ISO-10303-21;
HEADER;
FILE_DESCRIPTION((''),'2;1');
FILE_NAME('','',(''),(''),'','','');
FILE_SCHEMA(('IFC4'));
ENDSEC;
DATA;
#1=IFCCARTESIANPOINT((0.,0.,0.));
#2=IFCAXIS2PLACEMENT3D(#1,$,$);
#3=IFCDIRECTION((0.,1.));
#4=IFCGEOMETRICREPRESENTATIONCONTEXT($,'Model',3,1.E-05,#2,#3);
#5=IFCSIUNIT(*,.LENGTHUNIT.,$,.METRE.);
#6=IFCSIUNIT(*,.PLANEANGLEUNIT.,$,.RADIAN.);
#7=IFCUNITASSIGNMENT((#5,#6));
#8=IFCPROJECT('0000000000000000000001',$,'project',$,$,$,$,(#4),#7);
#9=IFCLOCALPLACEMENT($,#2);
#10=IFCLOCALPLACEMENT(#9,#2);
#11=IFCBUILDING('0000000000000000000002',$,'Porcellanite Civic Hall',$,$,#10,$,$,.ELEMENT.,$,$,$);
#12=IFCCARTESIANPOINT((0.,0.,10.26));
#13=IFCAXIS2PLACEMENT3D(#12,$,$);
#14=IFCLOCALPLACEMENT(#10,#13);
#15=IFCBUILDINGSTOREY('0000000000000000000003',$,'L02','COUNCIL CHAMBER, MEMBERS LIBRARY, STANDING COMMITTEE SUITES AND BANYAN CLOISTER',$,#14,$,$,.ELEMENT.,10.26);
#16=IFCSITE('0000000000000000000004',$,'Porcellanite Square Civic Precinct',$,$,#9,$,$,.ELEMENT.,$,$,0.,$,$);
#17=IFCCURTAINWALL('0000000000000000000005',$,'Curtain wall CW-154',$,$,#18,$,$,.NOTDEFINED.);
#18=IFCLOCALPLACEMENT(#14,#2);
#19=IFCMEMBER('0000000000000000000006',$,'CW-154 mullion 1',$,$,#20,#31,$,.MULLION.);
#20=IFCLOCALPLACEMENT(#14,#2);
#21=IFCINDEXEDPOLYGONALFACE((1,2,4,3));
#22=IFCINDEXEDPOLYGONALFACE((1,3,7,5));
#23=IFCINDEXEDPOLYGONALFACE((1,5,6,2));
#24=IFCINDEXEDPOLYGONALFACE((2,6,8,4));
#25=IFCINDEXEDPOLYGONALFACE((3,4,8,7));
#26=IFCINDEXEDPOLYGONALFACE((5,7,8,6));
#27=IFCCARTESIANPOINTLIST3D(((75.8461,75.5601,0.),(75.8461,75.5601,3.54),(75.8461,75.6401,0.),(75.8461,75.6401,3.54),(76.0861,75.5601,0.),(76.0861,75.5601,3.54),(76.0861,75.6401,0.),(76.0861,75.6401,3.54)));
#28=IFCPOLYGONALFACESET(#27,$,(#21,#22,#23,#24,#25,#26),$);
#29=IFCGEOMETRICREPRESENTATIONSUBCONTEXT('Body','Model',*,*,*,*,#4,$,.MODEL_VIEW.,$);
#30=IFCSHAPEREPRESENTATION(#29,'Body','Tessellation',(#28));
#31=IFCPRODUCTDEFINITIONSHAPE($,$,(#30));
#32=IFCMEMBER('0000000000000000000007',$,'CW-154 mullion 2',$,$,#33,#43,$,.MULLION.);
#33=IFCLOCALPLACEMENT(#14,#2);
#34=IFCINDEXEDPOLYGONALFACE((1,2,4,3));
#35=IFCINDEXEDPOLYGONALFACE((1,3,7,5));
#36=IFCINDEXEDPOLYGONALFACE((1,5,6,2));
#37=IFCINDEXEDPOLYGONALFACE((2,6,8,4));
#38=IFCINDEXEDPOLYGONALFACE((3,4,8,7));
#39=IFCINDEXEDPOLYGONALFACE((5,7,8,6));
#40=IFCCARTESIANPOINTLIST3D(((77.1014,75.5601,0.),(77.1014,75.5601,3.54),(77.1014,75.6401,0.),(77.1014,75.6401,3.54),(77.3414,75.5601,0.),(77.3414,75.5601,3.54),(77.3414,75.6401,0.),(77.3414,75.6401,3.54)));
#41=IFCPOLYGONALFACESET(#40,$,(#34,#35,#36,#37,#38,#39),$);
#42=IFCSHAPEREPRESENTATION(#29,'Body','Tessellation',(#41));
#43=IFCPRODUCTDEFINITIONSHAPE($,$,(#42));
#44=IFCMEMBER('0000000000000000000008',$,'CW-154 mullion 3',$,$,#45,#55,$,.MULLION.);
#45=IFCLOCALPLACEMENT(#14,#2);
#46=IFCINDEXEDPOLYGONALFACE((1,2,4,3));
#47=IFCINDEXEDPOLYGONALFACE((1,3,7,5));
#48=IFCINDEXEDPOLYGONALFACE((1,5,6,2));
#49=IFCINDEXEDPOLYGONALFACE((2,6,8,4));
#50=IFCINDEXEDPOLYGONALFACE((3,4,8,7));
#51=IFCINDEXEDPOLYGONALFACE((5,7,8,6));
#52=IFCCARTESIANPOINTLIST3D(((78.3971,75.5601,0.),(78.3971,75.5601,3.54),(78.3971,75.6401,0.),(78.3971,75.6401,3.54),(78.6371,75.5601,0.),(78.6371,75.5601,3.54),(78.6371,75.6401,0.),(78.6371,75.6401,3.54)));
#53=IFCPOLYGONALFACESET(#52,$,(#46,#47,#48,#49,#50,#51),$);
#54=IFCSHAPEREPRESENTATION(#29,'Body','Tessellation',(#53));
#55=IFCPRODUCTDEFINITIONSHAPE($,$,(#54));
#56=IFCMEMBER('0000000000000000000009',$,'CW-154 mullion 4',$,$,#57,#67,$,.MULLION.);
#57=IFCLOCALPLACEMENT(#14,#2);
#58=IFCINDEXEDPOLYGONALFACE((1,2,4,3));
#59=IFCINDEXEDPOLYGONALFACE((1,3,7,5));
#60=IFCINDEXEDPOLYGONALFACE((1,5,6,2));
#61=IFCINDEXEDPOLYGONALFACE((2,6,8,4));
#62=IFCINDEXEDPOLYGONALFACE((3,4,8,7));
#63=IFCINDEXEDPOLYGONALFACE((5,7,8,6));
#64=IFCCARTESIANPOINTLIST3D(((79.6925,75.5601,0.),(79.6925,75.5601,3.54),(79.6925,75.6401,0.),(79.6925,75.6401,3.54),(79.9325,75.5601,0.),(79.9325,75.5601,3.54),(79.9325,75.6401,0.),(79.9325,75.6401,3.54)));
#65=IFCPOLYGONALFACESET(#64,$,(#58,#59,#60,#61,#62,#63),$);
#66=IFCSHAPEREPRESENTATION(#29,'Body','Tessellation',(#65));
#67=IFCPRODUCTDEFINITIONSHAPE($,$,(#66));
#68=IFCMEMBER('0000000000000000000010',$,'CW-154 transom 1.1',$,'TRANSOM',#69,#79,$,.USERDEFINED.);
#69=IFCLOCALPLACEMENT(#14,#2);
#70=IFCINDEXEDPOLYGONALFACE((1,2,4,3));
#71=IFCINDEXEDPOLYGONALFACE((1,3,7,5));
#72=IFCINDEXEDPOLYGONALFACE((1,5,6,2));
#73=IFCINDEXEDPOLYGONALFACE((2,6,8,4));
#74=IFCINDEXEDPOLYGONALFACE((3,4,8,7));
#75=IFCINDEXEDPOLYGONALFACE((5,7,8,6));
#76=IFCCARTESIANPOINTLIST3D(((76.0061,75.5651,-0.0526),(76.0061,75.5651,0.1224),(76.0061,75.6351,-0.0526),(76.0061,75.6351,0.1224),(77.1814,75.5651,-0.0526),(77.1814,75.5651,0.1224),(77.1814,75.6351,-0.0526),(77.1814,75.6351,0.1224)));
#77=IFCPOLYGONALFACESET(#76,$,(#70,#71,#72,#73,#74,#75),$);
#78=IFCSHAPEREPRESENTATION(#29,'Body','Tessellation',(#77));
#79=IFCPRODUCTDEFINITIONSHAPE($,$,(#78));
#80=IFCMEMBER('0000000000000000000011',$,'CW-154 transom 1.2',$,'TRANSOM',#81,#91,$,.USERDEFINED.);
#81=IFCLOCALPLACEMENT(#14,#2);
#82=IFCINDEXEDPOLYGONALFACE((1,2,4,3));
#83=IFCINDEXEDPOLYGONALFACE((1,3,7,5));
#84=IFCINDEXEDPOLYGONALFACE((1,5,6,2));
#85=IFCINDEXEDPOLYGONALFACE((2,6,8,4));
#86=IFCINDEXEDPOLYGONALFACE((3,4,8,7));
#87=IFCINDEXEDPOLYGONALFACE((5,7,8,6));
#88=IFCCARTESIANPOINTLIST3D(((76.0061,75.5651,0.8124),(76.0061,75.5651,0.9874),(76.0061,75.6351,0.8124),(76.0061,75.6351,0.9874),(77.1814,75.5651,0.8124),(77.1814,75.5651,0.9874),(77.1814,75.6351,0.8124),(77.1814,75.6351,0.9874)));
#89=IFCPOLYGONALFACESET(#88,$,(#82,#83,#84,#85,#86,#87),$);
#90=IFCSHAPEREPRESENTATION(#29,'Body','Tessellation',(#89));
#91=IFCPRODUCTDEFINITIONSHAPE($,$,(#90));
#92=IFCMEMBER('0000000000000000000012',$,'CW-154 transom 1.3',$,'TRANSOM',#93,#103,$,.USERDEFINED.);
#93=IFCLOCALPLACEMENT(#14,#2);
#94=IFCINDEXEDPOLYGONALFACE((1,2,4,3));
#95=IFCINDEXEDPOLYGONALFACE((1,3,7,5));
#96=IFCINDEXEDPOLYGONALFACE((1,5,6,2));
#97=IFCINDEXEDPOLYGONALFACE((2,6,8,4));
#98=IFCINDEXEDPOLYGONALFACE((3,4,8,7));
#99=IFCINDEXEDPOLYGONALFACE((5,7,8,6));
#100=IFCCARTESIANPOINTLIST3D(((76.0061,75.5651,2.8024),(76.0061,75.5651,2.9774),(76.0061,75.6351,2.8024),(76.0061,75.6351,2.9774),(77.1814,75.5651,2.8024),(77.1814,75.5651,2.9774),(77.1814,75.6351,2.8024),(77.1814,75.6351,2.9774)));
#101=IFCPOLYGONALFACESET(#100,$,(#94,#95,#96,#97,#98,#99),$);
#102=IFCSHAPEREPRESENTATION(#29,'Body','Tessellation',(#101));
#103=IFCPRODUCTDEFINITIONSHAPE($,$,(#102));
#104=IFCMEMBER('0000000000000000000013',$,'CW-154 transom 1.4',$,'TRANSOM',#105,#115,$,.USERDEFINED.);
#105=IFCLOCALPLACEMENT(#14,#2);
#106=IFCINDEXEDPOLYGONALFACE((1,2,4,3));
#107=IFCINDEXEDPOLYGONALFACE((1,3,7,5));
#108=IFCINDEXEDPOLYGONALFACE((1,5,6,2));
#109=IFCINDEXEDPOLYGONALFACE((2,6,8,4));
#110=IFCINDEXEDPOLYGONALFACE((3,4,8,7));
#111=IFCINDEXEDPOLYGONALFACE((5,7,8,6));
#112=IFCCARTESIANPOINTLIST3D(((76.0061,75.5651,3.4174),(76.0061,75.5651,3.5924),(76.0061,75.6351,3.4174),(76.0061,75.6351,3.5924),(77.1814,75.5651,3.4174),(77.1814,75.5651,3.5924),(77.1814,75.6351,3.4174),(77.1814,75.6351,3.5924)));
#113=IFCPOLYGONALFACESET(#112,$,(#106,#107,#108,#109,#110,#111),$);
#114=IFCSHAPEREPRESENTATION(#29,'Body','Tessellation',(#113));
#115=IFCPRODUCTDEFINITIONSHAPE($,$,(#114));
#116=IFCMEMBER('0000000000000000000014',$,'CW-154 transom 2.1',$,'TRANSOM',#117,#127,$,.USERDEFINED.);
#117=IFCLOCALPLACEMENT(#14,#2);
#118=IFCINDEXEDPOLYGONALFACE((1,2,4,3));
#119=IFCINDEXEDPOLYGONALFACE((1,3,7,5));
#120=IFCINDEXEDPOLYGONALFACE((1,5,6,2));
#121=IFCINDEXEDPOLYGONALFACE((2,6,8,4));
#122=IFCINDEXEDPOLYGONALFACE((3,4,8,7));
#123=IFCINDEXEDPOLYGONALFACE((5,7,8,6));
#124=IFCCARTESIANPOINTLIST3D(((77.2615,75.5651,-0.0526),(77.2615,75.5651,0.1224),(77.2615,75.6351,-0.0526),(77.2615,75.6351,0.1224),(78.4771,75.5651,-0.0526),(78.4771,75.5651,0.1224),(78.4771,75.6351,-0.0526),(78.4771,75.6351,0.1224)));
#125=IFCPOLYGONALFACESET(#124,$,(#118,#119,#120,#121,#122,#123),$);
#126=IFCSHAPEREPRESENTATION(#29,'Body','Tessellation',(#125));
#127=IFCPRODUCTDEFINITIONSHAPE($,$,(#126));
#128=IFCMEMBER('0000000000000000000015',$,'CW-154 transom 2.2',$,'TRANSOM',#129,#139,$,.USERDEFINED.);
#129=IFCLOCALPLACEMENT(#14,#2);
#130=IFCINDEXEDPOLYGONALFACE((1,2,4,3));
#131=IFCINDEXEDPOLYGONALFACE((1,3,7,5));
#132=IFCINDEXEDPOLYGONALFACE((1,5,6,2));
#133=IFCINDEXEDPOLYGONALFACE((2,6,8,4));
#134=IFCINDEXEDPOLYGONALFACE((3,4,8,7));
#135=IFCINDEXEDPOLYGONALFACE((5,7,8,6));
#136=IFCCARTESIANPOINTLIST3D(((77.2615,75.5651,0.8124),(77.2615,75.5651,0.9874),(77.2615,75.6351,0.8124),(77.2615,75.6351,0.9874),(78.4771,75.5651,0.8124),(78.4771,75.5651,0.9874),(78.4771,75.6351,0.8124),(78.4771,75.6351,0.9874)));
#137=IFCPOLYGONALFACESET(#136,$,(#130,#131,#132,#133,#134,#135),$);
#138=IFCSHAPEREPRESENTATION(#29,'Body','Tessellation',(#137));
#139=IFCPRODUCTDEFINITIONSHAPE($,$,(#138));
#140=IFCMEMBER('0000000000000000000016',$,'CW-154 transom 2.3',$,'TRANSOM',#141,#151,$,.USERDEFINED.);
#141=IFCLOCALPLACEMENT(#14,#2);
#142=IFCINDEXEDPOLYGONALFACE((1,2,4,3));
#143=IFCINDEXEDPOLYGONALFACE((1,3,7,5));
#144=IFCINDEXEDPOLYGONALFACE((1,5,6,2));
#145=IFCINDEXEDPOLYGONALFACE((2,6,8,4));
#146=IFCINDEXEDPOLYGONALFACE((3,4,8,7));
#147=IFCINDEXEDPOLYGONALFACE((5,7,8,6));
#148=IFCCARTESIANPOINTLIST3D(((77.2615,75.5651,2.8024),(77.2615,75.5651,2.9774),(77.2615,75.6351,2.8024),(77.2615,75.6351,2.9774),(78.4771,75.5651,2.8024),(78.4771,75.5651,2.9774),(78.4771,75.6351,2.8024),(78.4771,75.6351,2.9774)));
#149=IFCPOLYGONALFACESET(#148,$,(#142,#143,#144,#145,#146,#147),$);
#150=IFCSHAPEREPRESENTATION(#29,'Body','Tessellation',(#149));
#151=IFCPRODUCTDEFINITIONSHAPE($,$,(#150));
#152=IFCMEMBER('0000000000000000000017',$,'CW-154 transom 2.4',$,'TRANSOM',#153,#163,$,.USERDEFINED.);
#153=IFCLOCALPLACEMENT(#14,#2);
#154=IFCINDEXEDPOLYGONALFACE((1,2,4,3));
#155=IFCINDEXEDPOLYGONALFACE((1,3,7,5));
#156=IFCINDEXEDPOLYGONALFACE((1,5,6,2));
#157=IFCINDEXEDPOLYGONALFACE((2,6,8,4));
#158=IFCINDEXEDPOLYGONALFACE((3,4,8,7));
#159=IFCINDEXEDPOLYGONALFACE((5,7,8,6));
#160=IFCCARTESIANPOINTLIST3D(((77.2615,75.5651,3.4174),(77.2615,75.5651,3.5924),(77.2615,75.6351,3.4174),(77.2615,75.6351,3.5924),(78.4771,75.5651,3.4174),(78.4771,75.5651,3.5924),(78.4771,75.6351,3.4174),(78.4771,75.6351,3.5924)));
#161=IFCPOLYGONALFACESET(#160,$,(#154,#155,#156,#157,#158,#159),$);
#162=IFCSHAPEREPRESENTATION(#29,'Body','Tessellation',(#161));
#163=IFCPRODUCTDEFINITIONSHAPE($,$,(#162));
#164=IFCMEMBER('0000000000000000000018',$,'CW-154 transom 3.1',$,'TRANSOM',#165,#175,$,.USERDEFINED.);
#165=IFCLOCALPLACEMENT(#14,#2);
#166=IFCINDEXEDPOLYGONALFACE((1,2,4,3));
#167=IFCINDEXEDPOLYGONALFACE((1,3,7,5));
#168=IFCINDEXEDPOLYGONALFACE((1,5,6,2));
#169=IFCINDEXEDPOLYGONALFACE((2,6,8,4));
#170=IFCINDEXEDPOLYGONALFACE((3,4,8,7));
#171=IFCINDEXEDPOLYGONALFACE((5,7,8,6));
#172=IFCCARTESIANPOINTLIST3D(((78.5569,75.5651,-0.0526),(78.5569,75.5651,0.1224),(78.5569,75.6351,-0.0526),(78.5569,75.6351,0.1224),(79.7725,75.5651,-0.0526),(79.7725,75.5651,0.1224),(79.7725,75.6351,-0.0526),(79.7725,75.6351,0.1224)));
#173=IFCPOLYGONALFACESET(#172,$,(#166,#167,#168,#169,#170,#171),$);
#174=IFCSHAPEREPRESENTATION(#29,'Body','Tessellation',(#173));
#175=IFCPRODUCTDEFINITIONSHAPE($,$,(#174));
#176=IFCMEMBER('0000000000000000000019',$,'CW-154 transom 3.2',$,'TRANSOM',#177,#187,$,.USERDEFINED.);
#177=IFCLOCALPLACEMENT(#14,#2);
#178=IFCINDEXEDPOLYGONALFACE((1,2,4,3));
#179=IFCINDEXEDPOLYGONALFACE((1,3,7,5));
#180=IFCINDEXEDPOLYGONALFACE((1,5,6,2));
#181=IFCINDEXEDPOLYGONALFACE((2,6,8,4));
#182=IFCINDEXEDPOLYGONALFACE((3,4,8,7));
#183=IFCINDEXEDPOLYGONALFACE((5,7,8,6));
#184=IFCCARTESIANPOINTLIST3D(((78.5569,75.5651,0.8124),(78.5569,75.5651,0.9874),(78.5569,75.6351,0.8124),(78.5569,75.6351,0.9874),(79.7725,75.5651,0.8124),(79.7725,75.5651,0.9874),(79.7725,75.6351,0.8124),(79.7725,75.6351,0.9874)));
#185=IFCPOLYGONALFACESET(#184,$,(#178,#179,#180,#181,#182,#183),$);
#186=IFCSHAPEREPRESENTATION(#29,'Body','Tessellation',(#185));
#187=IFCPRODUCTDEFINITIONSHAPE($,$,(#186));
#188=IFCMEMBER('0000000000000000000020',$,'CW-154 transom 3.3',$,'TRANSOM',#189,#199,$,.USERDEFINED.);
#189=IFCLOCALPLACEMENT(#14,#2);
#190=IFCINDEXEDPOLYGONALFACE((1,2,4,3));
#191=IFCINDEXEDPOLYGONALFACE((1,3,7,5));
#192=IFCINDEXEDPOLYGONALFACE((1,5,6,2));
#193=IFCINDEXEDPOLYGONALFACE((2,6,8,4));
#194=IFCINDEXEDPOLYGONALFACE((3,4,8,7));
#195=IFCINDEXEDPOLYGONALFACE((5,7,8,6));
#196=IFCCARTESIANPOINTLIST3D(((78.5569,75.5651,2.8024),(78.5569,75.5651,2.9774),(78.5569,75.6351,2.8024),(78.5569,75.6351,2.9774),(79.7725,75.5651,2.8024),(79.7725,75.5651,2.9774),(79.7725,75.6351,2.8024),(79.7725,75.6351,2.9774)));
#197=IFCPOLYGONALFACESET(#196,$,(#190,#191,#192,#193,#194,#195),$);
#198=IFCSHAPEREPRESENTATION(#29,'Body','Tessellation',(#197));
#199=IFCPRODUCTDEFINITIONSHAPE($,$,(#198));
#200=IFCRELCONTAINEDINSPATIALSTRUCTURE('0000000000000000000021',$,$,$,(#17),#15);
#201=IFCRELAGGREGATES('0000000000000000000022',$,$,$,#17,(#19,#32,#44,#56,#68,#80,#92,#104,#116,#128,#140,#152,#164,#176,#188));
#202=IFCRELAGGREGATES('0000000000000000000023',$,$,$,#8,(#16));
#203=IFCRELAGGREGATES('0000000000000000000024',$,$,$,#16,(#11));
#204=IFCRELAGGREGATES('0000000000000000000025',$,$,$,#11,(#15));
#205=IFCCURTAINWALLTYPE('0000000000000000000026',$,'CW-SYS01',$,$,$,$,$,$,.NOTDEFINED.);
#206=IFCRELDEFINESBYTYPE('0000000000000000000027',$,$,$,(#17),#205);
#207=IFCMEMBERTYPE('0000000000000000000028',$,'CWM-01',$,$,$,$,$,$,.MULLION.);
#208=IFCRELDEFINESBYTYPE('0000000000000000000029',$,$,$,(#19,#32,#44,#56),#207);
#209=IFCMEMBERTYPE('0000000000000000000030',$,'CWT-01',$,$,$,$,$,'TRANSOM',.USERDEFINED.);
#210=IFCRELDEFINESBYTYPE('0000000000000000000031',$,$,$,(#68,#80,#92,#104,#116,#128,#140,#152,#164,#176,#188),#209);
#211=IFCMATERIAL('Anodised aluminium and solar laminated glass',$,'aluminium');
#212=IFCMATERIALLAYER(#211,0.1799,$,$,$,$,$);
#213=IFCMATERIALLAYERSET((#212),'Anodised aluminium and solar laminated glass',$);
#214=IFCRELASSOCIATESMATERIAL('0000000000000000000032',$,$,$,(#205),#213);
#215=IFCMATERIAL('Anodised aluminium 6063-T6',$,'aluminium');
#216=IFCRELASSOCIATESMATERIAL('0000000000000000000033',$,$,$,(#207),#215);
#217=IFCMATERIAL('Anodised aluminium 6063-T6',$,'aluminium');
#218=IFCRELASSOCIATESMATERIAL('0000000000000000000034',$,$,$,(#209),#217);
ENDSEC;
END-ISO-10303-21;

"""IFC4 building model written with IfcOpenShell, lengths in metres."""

from ifc_helpers import new_model, si_unit, direction, frame, origin, origin_2d, place, context, subcontext, project, spatial, rectangle, extrude, material, layer, layer_set, material_profile, profile_set, type_object, element, aggregate, save


model = new_model("IFC4")

# Units and contexts
model_context = context("Model", 3, precision=1e-05, world=origin(), true_north=direction((0.0, 1.0)))
body_context = subcontext(model_context, "Body", "Model", "MODEL_VIEW")
ifc_project = project(units=[si_unit("LENGTHUNIT", "METRE"), si_unit("PLANEANGLEUNIT", "RADIAN")], contexts=[model_context])

# Site, building, storey
site_placement = place(None, origin())
site = spatial("IfcSite", under=ifc_project, at=site_placement, Name="Porcellanite Square Civic Precinct", CompositionType="ELEMENT", RefElevation=0.0)
building_placement = place(site_placement, origin())
building = spatial("IfcBuilding", under=site, at=building_placement, Name="Porcellanite Civic Hall", CompositionType="ELEMENT")
storey_placement = place(building_placement, frame((0.0, 0.0, 10.26)))
storey = spatial("IfcBuildingStorey", under=building, at=storey_placement, Name="L02", Description="COUNCIL CHAMBER, MEMBERS LIBRARY, STANDING COMMITTEE SUITES AND BANYAN CLOISTER", CompositionType="ELEMENT", Elevation=10.26)

# Curtain wall, members
ifc_material_1 = material(Name="Anodised aluminium and solar laminated glass", Category="aluminium")
ifc_layer_1 = layer(ifc_material_1, 0.1799)
ifc_layer_set_1 = layer_set([ifc_layer_1], Name="Anodised aluminium and solar laminated glass")
curtain_wall_type = type_object("IfcCurtainWallType", Name="CW-SYS01", PredefinedType="NOTDEFINED", material=ifc_layer_set_1)
curtain_wall_placement = place(storey_placement, origin())
curtain_wall = element("IfcCurtainWall", 1, at=curtain_wall_placement, inside=storey, type_object=curtain_wall_type, Name="Curtain wall CW-154", PredefinedType="NOTDEFINED")
ifc_material_2 = material(Name="Anodised aluminium 6063-T6", Category="aluminium")
ifc_material_profile_1 = material_profile(ifc_material_2, rectangle(XDim=0.0801, YDim=0.24, at=origin_2d()), Name="AL-80x240")
ifc_profile_set_1 = profile_set([ifc_material_profile_1], Name="Anodised aluminium 6063-T6")
member_type_1 = type_object("IfcMemberType", Name="CWM-01", PredefinedType="MULLION", material=ifc_profile_set_1)
member_1_placement = place(storey_placement, frame((75.9661, 75.6001, 0.0), z_axis=(0.0, 0.0, 1.0), x_axis=(0.0, 1.0, 0.0)))
member_1 = element("IfcMember", 2, at=member_1_placement, type_object=member_type_1, Name="CW-154 mullion 1", PredefinedType="MULLION", context=body_context, shape_type="SweptSolid", body=[
    extrude(rectangle(XDim=0.0801, YDim=0.24, at=origin_2d()), origin(), (0.0, 0.0, 1.0), 3.54),
])
member_2_placement = place(storey_placement, frame((77.2214, 75.6001, 0.0), z_axis=(0.0, 0.0, 1.0), x_axis=(0.0, 1.0, 0.0)))
member_2 = element("IfcMember", 3, at=member_2_placement, type_object=member_type_1, Name="CW-154 mullion 2", PredefinedType="MULLION", context=body_context, shape_type="SweptSolid", body=[
    extrude(rectangle(XDim=0.0801, YDim=0.24, at=origin_2d()), origin(), (0.0, 0.0, 1.0), 3.54),
])
member_3_placement = place(storey_placement, frame((78.5171, 75.6001, 0.0), z_axis=(0.0, 0.0, 1.0), x_axis=(0.0, 1.0, 0.0)))
member_3 = element("IfcMember", 4, at=member_3_placement, type_object=member_type_1, Name="CW-154 mullion 3", PredefinedType="MULLION", context=body_context, shape_type="SweptSolid", body=[
    extrude(rectangle(XDim=0.0801, YDim=0.24, at=origin_2d()), origin(), (0.0, 0.0, 1.0), 3.54),
])
member_4_placement = place(storey_placement, frame((79.8125, 75.6001, 0.0), z_axis=(0.0, 0.0, 1.0), x_axis=(0.0, 1.0, 0.0)))
member_4 = element("IfcMember", 5, at=member_4_placement, type_object=member_type_1, Name="CW-154 mullion 4", PredefinedType="MULLION", context=body_context, shape_type="SweptSolid", body=[
    extrude(rectangle(XDim=0.0801, YDim=0.24, at=origin_2d()), origin(), (0.0, 0.0, 1.0), 3.54),
])
ifc_material_3 = material(Name="Anodised aluminium 6063-T6", Category="aluminium")
ifc_material_profile_2 = material_profile(ifc_material_3, rectangle(XDim=0.0701, YDim=0.175, at=origin_2d()), Name="AL-70x175")
ifc_profile_set_2 = profile_set([ifc_material_profile_2], Name="Anodised aluminium 6063-T6")
member_type_2 = type_object("IfcMemberType", Name="CWT-01", ElementType="TRANSOM", PredefinedType="USERDEFINED", material=ifc_profile_set_2)
member_5_placement = place(storey_placement, frame((76.0061, 75.6001, 0.0349), z_axis=(1.0, 0.0, 0.0), x_axis=(0.0, 1.0, 0.0)))
member_5 = element("IfcMember", 6, at=member_5_placement, type_object=member_type_2, Name="CW-154 transom 1.1", ObjectType="TRANSOM", PredefinedType="USERDEFINED", context=body_context, shape_type="SweptSolid", body=[
    extrude(rectangle(XDim=0.0701, YDim=0.175, at=origin_2d()), origin(), (0.0, 0.0, 1.0), 1.1753),
])
member_6_placement = place(storey_placement, frame((76.0061, 75.6001, 0.8999), z_axis=(1.0, 0.0, 0.0), x_axis=(0.0, 1.0, 0.0)))
member_6 = element("IfcMember", 7, at=member_6_placement, type_object=member_type_2, Name="CW-154 transom 1.2", ObjectType="TRANSOM", PredefinedType="USERDEFINED", context=body_context, shape_type="SweptSolid", body=[
    extrude(rectangle(XDim=0.0701, YDim=0.175, at=origin_2d()), origin(), (0.0, 0.0, 1.0), 1.1753),
])
member_7_placement = place(storey_placement, frame((76.0061, 75.6001, 2.8899), z_axis=(1.0, 0.0, 0.0), x_axis=(0.0, 1.0, 0.0)))
member_7 = element("IfcMember", 8, at=member_7_placement, type_object=member_type_2, Name="CW-154 transom 1.3", ObjectType="TRANSOM", PredefinedType="USERDEFINED", context=body_context, shape_type="SweptSolid", body=[
    extrude(rectangle(XDim=0.0701, YDim=0.175, at=origin_2d()), origin(), (0.0, 0.0, 1.0), 1.1753),
])
member_8_placement = place(storey_placement, frame((76.0061, 75.6001, 3.5049), z_axis=(1.0, 0.0, 0.0), x_axis=(0.0, 1.0, 0.0)))
member_8 = element("IfcMember", 9, at=member_8_placement, type_object=member_type_2, Name="CW-154 transom 1.4", ObjectType="TRANSOM", PredefinedType="USERDEFINED", context=body_context, shape_type="SweptSolid", body=[
    extrude(rectangle(XDim=0.0701, YDim=0.175, at=origin_2d()), origin(), (0.0, 0.0, 1.0), 1.1753),
])
member_9_placement = place(storey_placement, frame((77.2615, 75.6001, 0.0349), z_axis=(1.0, 0.0, 0.0), x_axis=(0.0, 1.0, 0.0)))
member_9 = element("IfcMember", 10, at=member_9_placement, type_object=member_type_2, Name="CW-154 transom 2.1", ObjectType="TRANSOM", PredefinedType="USERDEFINED", context=body_context, shape_type="SweptSolid", body=[
    extrude(rectangle(XDim=0.0701, YDim=0.175, at=origin_2d()), origin(), (0.0, 0.0, 1.0), 1.2156),
])
member_10_placement = place(storey_placement, frame((77.2615, 75.6001, 0.8999), z_axis=(1.0, 0.0, 0.0), x_axis=(0.0, 1.0, 0.0)))
member_10 = element("IfcMember", 11, at=member_10_placement, type_object=member_type_2, Name="CW-154 transom 2.2", ObjectType="TRANSOM", PredefinedType="USERDEFINED", context=body_context, shape_type="SweptSolid", body=[
    extrude(rectangle(XDim=0.0701, YDim=0.175, at=origin_2d()), origin(), (0.0, 0.0, 1.0), 1.2156),
])
member_11_placement = place(storey_placement, frame((77.2615, 75.6001, 2.8899), z_axis=(1.0, 0.0, 0.0), x_axis=(0.0, 1.0, 0.0)))
member_11 = element("IfcMember", 12, at=member_11_placement, type_object=member_type_2, Name="CW-154 transom 2.3", ObjectType="TRANSOM", PredefinedType="USERDEFINED", context=body_context, shape_type="SweptSolid", body=[
    extrude(rectangle(XDim=0.0701, YDim=0.175, at=origin_2d()), origin(), (0.0, 0.0, 1.0), 1.2156),
])
member_12_placement = place(storey_placement, frame((77.2615, 75.6001, 3.5049), z_axis=(1.0, 0.0, 0.0), x_axis=(0.0, 1.0, 0.0)))
member_12 = element("IfcMember", 13, at=member_12_placement, type_object=member_type_2, Name="CW-154 transom 2.4", ObjectType="TRANSOM", PredefinedType="USERDEFINED", context=body_context, shape_type="SweptSolid", body=[
    extrude(rectangle(XDim=0.0701, YDim=0.175, at=origin_2d()), origin(), (0.0, 0.0, 1.0), 1.2156),
])
member_13_placement = place(storey_placement, frame((78.5569, 75.6001, 0.0349), z_axis=(1.0, 0.0, 0.0), x_axis=(0.0, 1.0, 0.0)))
member_13 = element("IfcMember", 14, at=member_13_placement, type_object=member_type_2, Name="CW-154 transom 3.1", ObjectType="TRANSOM", PredefinedType="USERDEFINED", context=body_context, shape_type="SweptSolid", body=[
    extrude(rectangle(XDim=0.0701, YDim=0.175, at=origin_2d()), origin(), (0.0, 0.0, 1.0), 1.2156),
])
member_14_placement = place(storey_placement, frame((78.5569, 75.6001, 0.8999), z_axis=(1.0, 0.0, 0.0), x_axis=(0.0, 1.0, 0.0)))
member_14 = element("IfcMember", 15, at=member_14_placement, type_object=member_type_2, Name="CW-154 transom 3.2", ObjectType="TRANSOM", PredefinedType="USERDEFINED", context=body_context, shape_type="SweptSolid", body=[
    extrude(rectangle(XDim=0.0701, YDim=0.175, at=origin_2d()), origin(), (0.0, 0.0, 1.0), 1.2156),
])
member_15_placement = place(storey_placement, frame((78.5569, 75.6001, 2.8899), z_axis=(1.0, 0.0, 0.0), x_axis=(0.0, 1.0, 0.0)))
member_15 = element("IfcMember", 16, at=member_15_placement, type_object=member_type_2, Name="CW-154 transom 3.3", ObjectType="TRANSOM", PredefinedType="USERDEFINED", context=body_context, shape_type="SweptSolid", body=[
    extrude(rectangle(XDim=0.0701, YDim=0.175, at=origin_2d()), origin(), (0.0, 0.0, 1.0), 1.2156),
])

aggregate(curtain_wall, [member_1, member_2, member_3, member_4, member_5, member_6, member_7, member_8, member_9, member_10, member_11, member_12, member_13, member_14, member_15])

save(model, "model.ifc")
